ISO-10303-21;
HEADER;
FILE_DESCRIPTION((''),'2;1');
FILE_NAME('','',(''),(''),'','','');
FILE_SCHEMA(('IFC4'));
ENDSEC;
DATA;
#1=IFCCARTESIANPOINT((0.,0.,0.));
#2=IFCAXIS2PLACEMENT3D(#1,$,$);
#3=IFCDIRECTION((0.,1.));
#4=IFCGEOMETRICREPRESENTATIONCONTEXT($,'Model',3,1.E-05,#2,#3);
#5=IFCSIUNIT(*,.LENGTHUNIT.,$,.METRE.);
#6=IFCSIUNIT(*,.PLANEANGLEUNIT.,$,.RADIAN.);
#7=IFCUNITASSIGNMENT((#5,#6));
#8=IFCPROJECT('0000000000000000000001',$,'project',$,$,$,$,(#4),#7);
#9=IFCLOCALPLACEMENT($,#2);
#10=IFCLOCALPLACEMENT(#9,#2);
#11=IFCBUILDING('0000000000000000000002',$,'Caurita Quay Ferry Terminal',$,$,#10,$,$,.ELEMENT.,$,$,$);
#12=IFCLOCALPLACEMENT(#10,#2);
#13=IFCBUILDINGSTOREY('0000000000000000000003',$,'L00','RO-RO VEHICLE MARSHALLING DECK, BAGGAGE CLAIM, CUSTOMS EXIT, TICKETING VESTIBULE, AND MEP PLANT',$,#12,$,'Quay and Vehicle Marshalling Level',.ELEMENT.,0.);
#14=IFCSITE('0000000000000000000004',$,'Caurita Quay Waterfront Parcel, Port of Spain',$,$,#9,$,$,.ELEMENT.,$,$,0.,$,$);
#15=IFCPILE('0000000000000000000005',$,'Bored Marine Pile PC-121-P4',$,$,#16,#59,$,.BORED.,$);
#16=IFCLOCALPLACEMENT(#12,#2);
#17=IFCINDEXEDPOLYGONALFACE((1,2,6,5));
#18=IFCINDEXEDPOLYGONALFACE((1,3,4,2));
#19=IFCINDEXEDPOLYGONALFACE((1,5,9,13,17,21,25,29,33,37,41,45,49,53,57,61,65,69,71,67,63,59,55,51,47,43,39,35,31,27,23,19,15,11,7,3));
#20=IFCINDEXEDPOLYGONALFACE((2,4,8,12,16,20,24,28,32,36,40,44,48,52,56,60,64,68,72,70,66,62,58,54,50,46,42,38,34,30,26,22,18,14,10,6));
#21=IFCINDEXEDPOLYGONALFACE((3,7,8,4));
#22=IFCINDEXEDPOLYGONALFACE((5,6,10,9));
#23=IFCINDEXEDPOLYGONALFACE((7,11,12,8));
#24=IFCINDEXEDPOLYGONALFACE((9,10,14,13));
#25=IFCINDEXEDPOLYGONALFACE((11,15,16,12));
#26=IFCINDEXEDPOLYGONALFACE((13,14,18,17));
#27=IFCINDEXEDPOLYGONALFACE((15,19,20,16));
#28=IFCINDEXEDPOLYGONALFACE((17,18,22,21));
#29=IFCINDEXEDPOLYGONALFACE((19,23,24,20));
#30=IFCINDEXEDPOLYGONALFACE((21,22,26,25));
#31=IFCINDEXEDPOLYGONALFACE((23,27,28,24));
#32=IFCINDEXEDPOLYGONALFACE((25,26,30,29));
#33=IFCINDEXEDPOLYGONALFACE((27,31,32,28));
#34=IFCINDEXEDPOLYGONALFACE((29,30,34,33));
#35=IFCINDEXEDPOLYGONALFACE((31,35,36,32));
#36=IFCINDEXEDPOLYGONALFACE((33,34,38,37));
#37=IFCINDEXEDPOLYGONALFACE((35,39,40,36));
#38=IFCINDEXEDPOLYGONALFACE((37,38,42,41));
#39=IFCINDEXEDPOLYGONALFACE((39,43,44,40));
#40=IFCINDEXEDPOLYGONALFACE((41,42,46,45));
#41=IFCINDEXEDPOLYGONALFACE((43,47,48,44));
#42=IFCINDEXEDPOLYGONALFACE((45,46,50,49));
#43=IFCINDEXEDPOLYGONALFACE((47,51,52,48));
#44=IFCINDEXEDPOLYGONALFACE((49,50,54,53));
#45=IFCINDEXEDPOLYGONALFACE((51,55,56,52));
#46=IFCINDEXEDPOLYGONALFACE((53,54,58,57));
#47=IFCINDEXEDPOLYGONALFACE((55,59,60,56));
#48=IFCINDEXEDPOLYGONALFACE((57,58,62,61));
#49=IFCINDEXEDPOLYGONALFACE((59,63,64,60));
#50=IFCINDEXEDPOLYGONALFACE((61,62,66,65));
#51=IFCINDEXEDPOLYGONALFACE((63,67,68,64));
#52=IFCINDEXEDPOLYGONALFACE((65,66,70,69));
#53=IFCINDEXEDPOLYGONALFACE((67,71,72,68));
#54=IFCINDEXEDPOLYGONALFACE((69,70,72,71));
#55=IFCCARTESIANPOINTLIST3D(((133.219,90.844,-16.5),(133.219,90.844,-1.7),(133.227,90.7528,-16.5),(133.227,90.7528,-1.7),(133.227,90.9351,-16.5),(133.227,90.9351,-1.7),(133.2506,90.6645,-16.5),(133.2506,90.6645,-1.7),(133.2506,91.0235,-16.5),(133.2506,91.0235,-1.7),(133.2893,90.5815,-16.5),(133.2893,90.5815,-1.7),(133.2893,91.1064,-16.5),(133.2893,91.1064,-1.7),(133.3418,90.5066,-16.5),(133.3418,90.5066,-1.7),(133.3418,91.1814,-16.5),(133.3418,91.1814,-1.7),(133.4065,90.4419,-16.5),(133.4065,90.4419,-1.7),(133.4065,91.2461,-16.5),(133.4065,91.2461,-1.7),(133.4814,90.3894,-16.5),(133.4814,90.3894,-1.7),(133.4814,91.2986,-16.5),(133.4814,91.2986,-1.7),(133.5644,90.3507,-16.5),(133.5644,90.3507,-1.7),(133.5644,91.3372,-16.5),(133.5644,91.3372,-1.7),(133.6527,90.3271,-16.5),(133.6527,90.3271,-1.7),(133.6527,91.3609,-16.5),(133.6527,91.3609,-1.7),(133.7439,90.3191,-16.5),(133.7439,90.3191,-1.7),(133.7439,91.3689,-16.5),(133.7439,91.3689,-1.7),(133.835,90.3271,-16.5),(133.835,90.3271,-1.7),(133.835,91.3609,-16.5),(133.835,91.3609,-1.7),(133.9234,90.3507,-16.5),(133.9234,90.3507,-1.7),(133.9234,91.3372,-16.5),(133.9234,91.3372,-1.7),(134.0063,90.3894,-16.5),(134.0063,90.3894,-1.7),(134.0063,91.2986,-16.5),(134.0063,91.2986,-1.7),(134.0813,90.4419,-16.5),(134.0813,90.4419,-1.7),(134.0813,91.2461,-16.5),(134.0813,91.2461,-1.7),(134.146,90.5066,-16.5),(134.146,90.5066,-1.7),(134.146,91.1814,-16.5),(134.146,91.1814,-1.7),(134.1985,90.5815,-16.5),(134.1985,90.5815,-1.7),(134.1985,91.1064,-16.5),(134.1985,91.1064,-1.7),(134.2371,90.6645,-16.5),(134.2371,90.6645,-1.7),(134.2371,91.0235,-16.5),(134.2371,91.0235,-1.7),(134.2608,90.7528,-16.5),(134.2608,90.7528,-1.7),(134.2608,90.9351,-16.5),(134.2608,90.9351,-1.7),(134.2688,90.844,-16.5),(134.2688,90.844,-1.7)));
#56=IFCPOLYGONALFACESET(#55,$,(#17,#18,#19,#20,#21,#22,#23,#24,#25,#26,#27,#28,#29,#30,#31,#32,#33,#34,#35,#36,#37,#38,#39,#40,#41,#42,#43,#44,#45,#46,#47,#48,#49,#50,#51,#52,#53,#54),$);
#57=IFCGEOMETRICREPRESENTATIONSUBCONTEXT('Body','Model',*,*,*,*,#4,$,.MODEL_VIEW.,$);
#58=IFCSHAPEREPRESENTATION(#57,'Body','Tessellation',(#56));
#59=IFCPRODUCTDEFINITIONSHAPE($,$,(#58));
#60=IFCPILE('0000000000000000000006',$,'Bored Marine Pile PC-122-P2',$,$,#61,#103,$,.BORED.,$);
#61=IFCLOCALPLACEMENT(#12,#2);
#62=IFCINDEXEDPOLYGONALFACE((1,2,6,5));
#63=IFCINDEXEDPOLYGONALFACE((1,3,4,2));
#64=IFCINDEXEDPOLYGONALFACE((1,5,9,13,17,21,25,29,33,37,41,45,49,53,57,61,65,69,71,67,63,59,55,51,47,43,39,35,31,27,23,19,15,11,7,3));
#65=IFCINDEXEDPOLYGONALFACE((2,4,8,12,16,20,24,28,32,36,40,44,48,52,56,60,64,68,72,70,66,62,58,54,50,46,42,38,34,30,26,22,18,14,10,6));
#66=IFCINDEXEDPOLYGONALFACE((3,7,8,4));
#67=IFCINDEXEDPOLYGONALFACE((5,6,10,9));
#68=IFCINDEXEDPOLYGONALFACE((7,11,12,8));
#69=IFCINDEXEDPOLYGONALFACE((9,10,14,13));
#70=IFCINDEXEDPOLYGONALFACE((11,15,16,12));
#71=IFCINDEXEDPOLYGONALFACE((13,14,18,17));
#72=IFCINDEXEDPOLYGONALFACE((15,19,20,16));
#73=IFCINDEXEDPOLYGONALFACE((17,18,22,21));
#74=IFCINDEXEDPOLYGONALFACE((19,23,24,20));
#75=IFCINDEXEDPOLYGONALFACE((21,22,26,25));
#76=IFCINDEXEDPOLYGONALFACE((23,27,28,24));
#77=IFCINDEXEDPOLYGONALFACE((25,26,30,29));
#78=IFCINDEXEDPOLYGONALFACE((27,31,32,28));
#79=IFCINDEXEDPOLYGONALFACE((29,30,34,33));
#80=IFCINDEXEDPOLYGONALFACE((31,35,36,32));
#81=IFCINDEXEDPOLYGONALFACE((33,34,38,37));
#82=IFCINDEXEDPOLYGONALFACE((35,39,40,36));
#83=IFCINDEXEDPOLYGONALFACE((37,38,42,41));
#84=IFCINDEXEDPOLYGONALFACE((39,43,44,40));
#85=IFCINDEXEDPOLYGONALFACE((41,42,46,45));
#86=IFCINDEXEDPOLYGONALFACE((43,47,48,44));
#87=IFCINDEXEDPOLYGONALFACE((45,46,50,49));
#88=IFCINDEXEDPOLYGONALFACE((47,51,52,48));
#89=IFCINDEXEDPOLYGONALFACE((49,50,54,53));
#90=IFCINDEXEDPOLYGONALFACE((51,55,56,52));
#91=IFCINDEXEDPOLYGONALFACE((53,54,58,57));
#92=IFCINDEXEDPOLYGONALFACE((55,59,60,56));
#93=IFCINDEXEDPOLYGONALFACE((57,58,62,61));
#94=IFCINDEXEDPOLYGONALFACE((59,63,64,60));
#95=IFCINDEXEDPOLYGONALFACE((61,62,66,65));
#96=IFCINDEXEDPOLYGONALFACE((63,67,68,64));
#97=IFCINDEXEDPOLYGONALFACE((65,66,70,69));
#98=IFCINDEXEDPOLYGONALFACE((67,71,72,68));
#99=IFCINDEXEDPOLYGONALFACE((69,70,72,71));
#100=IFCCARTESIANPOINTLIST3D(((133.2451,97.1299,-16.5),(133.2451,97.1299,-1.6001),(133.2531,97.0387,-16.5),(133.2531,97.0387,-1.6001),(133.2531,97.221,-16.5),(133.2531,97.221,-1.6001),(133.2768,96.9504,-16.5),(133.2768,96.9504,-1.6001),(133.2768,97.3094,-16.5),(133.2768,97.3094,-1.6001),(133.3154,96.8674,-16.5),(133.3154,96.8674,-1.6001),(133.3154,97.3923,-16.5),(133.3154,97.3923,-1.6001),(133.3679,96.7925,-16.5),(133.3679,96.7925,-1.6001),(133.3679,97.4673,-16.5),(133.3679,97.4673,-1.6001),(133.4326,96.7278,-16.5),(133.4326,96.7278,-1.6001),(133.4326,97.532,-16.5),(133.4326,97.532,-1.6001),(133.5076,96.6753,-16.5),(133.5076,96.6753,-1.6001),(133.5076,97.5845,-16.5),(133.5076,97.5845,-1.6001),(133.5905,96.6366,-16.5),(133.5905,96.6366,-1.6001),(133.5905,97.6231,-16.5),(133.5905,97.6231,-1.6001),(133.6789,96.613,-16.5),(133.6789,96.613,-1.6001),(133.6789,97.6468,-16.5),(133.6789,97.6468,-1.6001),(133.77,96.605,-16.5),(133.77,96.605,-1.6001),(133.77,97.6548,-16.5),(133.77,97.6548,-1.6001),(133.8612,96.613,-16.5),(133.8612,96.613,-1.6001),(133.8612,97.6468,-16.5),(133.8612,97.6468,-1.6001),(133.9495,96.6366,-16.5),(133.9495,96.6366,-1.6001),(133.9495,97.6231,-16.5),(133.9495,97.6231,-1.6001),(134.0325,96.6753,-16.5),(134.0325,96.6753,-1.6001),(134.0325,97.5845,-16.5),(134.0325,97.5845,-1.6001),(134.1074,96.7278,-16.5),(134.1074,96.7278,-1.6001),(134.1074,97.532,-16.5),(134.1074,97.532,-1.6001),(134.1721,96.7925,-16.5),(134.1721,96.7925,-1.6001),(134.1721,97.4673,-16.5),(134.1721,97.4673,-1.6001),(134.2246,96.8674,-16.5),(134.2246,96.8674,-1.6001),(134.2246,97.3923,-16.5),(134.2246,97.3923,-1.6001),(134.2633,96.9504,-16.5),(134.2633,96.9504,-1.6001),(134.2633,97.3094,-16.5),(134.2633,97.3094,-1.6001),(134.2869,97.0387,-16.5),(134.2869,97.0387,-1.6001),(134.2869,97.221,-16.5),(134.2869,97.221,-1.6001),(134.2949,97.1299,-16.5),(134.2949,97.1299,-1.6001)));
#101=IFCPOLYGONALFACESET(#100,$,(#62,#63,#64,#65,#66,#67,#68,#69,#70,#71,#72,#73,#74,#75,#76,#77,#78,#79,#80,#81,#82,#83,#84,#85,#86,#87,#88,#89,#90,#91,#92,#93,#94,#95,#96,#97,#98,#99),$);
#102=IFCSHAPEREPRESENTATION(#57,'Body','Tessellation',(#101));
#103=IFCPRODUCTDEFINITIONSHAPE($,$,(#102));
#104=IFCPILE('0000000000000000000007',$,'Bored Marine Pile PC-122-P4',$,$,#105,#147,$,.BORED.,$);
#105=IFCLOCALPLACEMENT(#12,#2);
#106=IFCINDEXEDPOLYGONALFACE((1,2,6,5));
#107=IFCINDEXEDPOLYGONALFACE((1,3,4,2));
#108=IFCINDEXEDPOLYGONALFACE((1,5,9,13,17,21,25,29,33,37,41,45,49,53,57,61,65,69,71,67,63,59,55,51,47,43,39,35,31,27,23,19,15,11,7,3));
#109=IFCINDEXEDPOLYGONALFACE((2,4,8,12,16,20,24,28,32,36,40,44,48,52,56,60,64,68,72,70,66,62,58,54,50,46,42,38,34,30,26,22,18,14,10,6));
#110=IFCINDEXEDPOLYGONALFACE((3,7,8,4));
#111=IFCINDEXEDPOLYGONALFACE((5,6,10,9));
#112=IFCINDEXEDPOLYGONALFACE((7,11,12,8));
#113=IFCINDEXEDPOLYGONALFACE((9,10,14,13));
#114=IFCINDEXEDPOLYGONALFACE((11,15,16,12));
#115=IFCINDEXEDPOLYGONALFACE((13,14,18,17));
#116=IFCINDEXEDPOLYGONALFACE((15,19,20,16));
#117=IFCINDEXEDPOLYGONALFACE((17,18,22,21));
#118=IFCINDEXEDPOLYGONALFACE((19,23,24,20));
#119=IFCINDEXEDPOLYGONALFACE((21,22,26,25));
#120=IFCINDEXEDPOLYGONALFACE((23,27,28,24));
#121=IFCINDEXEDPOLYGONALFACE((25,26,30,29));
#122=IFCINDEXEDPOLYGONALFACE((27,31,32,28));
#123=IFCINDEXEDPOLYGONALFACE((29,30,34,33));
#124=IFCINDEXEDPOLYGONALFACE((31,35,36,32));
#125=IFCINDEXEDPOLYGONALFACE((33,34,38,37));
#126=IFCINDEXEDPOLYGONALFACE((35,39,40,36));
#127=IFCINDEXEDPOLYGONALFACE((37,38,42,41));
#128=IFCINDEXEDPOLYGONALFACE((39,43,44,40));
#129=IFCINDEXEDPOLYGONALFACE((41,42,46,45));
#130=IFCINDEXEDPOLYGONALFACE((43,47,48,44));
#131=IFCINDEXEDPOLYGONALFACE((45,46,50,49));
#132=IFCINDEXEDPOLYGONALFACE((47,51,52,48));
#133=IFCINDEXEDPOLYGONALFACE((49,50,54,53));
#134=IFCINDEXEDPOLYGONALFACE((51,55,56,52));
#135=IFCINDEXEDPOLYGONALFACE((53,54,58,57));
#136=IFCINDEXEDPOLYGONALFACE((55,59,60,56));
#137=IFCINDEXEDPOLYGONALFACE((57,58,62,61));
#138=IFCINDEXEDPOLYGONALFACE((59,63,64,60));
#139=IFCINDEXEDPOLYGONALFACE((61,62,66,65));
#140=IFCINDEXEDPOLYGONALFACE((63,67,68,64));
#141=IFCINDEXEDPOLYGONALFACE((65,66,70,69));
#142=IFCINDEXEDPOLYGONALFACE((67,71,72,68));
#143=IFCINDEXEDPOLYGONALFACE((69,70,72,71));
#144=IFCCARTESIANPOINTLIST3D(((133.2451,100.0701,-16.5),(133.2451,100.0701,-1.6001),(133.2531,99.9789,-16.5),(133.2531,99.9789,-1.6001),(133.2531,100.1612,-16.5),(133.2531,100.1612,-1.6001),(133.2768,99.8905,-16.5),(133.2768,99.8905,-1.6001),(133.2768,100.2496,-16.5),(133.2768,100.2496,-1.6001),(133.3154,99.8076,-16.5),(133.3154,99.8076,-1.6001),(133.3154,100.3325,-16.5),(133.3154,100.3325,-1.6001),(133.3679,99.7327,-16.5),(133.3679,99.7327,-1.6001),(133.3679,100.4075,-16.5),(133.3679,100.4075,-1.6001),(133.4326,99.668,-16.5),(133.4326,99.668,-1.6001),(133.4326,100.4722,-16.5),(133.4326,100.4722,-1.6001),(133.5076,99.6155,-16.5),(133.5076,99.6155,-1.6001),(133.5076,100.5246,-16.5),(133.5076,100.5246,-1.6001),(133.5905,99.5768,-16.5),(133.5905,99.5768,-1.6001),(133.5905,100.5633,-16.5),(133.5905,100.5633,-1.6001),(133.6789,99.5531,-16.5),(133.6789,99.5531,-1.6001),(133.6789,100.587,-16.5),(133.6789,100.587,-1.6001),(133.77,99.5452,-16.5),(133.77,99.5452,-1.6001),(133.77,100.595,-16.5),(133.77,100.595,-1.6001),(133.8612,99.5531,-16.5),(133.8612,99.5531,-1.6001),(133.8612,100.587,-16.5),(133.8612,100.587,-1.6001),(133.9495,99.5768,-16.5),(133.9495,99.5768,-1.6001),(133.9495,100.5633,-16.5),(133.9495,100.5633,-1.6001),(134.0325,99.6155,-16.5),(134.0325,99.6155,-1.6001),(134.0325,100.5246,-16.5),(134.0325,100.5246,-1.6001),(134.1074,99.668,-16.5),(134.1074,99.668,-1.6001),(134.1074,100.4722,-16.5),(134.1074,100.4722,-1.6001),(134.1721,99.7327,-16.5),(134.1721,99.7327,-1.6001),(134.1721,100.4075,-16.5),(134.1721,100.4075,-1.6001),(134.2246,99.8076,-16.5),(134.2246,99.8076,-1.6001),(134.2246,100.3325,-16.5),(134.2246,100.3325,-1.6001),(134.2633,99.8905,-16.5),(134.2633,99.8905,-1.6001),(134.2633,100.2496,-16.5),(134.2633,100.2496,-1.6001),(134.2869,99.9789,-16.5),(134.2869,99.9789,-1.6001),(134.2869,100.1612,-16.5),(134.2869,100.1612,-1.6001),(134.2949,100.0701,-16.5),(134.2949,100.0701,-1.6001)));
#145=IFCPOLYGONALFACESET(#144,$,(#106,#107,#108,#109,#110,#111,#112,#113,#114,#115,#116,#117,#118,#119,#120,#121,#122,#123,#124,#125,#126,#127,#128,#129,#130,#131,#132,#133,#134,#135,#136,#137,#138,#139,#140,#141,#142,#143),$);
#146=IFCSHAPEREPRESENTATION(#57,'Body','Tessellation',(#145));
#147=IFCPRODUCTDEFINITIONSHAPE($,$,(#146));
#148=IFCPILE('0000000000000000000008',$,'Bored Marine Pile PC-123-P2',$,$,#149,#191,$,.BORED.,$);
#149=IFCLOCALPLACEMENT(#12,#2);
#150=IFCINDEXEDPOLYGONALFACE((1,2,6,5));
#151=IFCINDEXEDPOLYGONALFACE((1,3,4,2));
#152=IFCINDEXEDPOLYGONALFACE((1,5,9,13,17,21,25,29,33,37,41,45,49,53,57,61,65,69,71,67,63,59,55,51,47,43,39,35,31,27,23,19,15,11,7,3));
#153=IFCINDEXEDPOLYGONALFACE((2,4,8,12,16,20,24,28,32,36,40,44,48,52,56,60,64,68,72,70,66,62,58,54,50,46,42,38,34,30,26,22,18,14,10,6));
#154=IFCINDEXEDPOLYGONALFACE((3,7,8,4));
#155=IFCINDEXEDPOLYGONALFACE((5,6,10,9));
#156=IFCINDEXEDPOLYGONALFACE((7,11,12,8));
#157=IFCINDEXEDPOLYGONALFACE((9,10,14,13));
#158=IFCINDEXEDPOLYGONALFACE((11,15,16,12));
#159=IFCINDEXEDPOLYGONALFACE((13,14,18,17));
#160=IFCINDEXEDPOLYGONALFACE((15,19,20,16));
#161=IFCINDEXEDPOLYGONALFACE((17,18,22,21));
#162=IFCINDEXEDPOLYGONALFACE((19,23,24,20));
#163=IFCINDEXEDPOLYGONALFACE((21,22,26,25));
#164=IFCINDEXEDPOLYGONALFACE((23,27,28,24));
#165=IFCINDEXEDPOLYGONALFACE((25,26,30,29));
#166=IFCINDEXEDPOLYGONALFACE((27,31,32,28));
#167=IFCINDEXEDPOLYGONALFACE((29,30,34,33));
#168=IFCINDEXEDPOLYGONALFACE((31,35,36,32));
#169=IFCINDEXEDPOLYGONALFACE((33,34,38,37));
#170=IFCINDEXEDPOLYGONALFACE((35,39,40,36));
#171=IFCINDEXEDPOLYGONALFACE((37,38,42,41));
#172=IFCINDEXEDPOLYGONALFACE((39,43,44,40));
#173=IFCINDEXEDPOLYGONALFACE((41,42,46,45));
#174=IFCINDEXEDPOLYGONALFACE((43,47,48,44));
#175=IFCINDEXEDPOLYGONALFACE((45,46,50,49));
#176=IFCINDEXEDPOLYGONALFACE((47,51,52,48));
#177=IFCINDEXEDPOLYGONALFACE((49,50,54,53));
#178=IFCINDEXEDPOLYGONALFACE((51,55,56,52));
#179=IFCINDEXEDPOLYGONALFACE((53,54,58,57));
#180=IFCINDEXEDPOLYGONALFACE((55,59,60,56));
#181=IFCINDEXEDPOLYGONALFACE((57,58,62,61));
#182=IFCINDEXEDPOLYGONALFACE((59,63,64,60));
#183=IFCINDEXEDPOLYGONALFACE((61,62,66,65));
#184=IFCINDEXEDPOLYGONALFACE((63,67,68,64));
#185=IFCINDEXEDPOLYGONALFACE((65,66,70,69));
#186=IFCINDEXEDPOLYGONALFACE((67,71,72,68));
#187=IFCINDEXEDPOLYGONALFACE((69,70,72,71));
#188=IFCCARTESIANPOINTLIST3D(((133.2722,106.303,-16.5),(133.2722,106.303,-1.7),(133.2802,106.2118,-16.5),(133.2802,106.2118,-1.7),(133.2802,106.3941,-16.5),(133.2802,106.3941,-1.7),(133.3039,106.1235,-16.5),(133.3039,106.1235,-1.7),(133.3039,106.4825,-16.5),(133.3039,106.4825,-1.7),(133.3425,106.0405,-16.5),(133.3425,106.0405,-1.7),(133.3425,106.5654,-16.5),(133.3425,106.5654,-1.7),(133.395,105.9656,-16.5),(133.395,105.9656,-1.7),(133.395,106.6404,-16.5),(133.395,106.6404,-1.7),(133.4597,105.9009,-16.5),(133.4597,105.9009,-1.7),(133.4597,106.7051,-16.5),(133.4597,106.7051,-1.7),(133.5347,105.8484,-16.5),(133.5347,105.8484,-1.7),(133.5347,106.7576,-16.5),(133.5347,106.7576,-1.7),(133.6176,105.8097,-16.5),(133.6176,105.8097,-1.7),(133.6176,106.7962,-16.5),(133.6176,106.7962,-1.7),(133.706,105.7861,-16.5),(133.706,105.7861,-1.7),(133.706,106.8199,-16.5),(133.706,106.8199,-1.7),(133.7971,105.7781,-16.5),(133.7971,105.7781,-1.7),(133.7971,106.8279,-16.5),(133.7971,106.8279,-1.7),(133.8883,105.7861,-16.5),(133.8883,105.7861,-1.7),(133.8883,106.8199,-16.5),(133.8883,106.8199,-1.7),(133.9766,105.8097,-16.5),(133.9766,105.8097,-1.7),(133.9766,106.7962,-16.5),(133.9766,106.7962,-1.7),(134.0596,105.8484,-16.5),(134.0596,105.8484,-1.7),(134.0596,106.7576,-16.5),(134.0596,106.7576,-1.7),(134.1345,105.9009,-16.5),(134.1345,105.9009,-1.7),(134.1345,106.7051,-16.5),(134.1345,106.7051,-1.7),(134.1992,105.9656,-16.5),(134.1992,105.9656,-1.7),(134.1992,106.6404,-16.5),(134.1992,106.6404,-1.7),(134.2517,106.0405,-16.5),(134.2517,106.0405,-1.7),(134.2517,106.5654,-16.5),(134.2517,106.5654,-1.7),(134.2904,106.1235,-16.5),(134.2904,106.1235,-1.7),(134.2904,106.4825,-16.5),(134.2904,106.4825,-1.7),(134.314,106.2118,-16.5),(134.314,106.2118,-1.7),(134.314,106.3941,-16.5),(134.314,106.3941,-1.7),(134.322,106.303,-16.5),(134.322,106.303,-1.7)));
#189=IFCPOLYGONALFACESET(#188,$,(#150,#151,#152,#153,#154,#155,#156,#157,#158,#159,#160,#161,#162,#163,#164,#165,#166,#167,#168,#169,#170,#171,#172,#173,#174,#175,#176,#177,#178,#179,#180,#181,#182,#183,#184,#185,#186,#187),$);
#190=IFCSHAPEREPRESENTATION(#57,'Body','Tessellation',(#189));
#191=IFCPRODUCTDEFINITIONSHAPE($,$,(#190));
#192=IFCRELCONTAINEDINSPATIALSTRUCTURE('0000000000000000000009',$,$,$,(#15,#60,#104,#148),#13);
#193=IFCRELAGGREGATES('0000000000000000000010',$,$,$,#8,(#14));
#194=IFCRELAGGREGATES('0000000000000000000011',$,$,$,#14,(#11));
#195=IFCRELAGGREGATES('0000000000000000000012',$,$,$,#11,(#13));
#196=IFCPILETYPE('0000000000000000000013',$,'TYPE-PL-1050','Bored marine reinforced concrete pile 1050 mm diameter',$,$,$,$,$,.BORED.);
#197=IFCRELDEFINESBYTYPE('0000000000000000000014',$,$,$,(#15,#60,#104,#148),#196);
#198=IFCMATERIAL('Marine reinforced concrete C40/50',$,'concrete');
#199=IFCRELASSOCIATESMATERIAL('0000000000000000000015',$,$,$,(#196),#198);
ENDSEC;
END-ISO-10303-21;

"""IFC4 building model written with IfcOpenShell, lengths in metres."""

from ifc_helpers import new_model, si_unit, direction, frame, origin, origin_2d, place, context, subcontext, project, spatial, circle, extrude, material, material_profile, profile_set, type_object, element, save


model = new_model("IFC4")

# Units and contexts
model_context = context("Model", 3, precision=1e-05, world=origin(), true_north=direction((0.0, 1.0)))
body_context = subcontext(model_context, "Body", "Model", "MODEL_VIEW")
ifc_project = project(units=[si_unit("LENGTHUNIT", "METRE"), si_unit("PLANEANGLEUNIT", "RADIAN")], contexts=[model_context])

# Site, building, storey
site_placement = place(None, origin())
site = spatial("IfcSite", under=ifc_project, at=site_placement, Name="Caurita Quay Waterfront Parcel, Port of Spain", CompositionType="ELEMENT", RefElevation=0.0)
building_placement = place(site_placement, origin())
building = spatial("IfcBuilding", under=site, at=building_placement, Name="Caurita Quay Ferry Terminal", CompositionType="ELEMENT")
storey_placement = place(building_placement, origin())
storey = spatial("IfcBuildingStorey", under=building, at=storey_placement, Name="L00", Description="RO-RO VEHICLE MARSHALLING DECK, BAGGAGE CLAIM, CUSTOMS EXIT, TICKETING VESTIBULE, AND MEP PLANT", LongName="Quay and Vehicle Marshalling Level", CompositionType="ELEMENT", Elevation=0.0)

# Piles
ifc_material_1 = material(Name="Marine reinforced concrete C40/50", Category="concrete")
ifc_material_profile_1 = material_profile(ifc_material_1, circle(Radius=0.5249, at=origin_2d()), Name="PILE-D1050")
ifc_profile_set_1 = profile_set([ifc_material_profile_1], Name="Marine reinforced concrete C40/50")
pile_type_1 = type_object("IfcPileType", Name="TYPE-PL-1050", Description="Bored marine reinforced concrete pile 1050 mm diameter", PredefinedType="BORED", material=ifc_profile_set_1)
pile_placement = place(storey_placement, frame((133.7439, 90.844, -1.7), z_axis=(0.0, 0.0, -1.0), x_axis=(1.0, 0.0, 0.0)))
element("IfcPile", 1, at=pile_placement, inside=storey, type_object=pile_type_1, Name="Bored Marine Pile PC-121-P4", PredefinedType="BORED", context=body_context, shape_type="SweptSolid", body=[
    extrude(circle(Radius=0.5249, at=origin_2d()), origin(), (0.0, 0.0, 1.0), 14.8),
])
for number, where, z_axis, x_axis, name in (
    (2, (133.77, 97.1299, -1.6001), (0.0, 0.0, -1.0), (1.0, 0.0, 0.0), "Bored Marine Pile PC-122-P2"),
    (3, (133.77, 100.0701, -1.6001), (0.0, 0.0, -1.0), (1.0, 0.0, 0.0), "Bored Marine Pile PC-122-P4"),
):
    element("IfcPile", number, at=place(storey_placement, frame(where, z_axis=z_axis, x_axis=x_axis)), inside=storey, type_object=pile_type_1, Name=name, PredefinedType="BORED", context=body_context, shape_type="SweptSolid", body=[
        extrude(circle(Radius=0.5249, at=origin_2d()), origin(), (0.0, 0.0, 1.0), 14.8999),
    ])
for number, where, z_axis, x_axis, name in (
    (4, (133.7971, 106.303, -1.7), (0.0, 0.0, -1.0), (1.0, 0.0, 0.0), "Bored Marine Pile PC-123-P2"),
):
    element("IfcPile", number, at=place(storey_placement, frame(where, z_axis=z_axis, x_axis=x_axis)), inside=storey, type_object=pile_type_1, Name=name, PredefinedType="BORED", context=body_context, shape_type="SweptSolid", body=[
        extrude(circle(Radius=0.5249, at=origin_2d()), origin(), (0.0, 0.0, 1.0), 14.8),
    ])

save(model, "model.ifc")
